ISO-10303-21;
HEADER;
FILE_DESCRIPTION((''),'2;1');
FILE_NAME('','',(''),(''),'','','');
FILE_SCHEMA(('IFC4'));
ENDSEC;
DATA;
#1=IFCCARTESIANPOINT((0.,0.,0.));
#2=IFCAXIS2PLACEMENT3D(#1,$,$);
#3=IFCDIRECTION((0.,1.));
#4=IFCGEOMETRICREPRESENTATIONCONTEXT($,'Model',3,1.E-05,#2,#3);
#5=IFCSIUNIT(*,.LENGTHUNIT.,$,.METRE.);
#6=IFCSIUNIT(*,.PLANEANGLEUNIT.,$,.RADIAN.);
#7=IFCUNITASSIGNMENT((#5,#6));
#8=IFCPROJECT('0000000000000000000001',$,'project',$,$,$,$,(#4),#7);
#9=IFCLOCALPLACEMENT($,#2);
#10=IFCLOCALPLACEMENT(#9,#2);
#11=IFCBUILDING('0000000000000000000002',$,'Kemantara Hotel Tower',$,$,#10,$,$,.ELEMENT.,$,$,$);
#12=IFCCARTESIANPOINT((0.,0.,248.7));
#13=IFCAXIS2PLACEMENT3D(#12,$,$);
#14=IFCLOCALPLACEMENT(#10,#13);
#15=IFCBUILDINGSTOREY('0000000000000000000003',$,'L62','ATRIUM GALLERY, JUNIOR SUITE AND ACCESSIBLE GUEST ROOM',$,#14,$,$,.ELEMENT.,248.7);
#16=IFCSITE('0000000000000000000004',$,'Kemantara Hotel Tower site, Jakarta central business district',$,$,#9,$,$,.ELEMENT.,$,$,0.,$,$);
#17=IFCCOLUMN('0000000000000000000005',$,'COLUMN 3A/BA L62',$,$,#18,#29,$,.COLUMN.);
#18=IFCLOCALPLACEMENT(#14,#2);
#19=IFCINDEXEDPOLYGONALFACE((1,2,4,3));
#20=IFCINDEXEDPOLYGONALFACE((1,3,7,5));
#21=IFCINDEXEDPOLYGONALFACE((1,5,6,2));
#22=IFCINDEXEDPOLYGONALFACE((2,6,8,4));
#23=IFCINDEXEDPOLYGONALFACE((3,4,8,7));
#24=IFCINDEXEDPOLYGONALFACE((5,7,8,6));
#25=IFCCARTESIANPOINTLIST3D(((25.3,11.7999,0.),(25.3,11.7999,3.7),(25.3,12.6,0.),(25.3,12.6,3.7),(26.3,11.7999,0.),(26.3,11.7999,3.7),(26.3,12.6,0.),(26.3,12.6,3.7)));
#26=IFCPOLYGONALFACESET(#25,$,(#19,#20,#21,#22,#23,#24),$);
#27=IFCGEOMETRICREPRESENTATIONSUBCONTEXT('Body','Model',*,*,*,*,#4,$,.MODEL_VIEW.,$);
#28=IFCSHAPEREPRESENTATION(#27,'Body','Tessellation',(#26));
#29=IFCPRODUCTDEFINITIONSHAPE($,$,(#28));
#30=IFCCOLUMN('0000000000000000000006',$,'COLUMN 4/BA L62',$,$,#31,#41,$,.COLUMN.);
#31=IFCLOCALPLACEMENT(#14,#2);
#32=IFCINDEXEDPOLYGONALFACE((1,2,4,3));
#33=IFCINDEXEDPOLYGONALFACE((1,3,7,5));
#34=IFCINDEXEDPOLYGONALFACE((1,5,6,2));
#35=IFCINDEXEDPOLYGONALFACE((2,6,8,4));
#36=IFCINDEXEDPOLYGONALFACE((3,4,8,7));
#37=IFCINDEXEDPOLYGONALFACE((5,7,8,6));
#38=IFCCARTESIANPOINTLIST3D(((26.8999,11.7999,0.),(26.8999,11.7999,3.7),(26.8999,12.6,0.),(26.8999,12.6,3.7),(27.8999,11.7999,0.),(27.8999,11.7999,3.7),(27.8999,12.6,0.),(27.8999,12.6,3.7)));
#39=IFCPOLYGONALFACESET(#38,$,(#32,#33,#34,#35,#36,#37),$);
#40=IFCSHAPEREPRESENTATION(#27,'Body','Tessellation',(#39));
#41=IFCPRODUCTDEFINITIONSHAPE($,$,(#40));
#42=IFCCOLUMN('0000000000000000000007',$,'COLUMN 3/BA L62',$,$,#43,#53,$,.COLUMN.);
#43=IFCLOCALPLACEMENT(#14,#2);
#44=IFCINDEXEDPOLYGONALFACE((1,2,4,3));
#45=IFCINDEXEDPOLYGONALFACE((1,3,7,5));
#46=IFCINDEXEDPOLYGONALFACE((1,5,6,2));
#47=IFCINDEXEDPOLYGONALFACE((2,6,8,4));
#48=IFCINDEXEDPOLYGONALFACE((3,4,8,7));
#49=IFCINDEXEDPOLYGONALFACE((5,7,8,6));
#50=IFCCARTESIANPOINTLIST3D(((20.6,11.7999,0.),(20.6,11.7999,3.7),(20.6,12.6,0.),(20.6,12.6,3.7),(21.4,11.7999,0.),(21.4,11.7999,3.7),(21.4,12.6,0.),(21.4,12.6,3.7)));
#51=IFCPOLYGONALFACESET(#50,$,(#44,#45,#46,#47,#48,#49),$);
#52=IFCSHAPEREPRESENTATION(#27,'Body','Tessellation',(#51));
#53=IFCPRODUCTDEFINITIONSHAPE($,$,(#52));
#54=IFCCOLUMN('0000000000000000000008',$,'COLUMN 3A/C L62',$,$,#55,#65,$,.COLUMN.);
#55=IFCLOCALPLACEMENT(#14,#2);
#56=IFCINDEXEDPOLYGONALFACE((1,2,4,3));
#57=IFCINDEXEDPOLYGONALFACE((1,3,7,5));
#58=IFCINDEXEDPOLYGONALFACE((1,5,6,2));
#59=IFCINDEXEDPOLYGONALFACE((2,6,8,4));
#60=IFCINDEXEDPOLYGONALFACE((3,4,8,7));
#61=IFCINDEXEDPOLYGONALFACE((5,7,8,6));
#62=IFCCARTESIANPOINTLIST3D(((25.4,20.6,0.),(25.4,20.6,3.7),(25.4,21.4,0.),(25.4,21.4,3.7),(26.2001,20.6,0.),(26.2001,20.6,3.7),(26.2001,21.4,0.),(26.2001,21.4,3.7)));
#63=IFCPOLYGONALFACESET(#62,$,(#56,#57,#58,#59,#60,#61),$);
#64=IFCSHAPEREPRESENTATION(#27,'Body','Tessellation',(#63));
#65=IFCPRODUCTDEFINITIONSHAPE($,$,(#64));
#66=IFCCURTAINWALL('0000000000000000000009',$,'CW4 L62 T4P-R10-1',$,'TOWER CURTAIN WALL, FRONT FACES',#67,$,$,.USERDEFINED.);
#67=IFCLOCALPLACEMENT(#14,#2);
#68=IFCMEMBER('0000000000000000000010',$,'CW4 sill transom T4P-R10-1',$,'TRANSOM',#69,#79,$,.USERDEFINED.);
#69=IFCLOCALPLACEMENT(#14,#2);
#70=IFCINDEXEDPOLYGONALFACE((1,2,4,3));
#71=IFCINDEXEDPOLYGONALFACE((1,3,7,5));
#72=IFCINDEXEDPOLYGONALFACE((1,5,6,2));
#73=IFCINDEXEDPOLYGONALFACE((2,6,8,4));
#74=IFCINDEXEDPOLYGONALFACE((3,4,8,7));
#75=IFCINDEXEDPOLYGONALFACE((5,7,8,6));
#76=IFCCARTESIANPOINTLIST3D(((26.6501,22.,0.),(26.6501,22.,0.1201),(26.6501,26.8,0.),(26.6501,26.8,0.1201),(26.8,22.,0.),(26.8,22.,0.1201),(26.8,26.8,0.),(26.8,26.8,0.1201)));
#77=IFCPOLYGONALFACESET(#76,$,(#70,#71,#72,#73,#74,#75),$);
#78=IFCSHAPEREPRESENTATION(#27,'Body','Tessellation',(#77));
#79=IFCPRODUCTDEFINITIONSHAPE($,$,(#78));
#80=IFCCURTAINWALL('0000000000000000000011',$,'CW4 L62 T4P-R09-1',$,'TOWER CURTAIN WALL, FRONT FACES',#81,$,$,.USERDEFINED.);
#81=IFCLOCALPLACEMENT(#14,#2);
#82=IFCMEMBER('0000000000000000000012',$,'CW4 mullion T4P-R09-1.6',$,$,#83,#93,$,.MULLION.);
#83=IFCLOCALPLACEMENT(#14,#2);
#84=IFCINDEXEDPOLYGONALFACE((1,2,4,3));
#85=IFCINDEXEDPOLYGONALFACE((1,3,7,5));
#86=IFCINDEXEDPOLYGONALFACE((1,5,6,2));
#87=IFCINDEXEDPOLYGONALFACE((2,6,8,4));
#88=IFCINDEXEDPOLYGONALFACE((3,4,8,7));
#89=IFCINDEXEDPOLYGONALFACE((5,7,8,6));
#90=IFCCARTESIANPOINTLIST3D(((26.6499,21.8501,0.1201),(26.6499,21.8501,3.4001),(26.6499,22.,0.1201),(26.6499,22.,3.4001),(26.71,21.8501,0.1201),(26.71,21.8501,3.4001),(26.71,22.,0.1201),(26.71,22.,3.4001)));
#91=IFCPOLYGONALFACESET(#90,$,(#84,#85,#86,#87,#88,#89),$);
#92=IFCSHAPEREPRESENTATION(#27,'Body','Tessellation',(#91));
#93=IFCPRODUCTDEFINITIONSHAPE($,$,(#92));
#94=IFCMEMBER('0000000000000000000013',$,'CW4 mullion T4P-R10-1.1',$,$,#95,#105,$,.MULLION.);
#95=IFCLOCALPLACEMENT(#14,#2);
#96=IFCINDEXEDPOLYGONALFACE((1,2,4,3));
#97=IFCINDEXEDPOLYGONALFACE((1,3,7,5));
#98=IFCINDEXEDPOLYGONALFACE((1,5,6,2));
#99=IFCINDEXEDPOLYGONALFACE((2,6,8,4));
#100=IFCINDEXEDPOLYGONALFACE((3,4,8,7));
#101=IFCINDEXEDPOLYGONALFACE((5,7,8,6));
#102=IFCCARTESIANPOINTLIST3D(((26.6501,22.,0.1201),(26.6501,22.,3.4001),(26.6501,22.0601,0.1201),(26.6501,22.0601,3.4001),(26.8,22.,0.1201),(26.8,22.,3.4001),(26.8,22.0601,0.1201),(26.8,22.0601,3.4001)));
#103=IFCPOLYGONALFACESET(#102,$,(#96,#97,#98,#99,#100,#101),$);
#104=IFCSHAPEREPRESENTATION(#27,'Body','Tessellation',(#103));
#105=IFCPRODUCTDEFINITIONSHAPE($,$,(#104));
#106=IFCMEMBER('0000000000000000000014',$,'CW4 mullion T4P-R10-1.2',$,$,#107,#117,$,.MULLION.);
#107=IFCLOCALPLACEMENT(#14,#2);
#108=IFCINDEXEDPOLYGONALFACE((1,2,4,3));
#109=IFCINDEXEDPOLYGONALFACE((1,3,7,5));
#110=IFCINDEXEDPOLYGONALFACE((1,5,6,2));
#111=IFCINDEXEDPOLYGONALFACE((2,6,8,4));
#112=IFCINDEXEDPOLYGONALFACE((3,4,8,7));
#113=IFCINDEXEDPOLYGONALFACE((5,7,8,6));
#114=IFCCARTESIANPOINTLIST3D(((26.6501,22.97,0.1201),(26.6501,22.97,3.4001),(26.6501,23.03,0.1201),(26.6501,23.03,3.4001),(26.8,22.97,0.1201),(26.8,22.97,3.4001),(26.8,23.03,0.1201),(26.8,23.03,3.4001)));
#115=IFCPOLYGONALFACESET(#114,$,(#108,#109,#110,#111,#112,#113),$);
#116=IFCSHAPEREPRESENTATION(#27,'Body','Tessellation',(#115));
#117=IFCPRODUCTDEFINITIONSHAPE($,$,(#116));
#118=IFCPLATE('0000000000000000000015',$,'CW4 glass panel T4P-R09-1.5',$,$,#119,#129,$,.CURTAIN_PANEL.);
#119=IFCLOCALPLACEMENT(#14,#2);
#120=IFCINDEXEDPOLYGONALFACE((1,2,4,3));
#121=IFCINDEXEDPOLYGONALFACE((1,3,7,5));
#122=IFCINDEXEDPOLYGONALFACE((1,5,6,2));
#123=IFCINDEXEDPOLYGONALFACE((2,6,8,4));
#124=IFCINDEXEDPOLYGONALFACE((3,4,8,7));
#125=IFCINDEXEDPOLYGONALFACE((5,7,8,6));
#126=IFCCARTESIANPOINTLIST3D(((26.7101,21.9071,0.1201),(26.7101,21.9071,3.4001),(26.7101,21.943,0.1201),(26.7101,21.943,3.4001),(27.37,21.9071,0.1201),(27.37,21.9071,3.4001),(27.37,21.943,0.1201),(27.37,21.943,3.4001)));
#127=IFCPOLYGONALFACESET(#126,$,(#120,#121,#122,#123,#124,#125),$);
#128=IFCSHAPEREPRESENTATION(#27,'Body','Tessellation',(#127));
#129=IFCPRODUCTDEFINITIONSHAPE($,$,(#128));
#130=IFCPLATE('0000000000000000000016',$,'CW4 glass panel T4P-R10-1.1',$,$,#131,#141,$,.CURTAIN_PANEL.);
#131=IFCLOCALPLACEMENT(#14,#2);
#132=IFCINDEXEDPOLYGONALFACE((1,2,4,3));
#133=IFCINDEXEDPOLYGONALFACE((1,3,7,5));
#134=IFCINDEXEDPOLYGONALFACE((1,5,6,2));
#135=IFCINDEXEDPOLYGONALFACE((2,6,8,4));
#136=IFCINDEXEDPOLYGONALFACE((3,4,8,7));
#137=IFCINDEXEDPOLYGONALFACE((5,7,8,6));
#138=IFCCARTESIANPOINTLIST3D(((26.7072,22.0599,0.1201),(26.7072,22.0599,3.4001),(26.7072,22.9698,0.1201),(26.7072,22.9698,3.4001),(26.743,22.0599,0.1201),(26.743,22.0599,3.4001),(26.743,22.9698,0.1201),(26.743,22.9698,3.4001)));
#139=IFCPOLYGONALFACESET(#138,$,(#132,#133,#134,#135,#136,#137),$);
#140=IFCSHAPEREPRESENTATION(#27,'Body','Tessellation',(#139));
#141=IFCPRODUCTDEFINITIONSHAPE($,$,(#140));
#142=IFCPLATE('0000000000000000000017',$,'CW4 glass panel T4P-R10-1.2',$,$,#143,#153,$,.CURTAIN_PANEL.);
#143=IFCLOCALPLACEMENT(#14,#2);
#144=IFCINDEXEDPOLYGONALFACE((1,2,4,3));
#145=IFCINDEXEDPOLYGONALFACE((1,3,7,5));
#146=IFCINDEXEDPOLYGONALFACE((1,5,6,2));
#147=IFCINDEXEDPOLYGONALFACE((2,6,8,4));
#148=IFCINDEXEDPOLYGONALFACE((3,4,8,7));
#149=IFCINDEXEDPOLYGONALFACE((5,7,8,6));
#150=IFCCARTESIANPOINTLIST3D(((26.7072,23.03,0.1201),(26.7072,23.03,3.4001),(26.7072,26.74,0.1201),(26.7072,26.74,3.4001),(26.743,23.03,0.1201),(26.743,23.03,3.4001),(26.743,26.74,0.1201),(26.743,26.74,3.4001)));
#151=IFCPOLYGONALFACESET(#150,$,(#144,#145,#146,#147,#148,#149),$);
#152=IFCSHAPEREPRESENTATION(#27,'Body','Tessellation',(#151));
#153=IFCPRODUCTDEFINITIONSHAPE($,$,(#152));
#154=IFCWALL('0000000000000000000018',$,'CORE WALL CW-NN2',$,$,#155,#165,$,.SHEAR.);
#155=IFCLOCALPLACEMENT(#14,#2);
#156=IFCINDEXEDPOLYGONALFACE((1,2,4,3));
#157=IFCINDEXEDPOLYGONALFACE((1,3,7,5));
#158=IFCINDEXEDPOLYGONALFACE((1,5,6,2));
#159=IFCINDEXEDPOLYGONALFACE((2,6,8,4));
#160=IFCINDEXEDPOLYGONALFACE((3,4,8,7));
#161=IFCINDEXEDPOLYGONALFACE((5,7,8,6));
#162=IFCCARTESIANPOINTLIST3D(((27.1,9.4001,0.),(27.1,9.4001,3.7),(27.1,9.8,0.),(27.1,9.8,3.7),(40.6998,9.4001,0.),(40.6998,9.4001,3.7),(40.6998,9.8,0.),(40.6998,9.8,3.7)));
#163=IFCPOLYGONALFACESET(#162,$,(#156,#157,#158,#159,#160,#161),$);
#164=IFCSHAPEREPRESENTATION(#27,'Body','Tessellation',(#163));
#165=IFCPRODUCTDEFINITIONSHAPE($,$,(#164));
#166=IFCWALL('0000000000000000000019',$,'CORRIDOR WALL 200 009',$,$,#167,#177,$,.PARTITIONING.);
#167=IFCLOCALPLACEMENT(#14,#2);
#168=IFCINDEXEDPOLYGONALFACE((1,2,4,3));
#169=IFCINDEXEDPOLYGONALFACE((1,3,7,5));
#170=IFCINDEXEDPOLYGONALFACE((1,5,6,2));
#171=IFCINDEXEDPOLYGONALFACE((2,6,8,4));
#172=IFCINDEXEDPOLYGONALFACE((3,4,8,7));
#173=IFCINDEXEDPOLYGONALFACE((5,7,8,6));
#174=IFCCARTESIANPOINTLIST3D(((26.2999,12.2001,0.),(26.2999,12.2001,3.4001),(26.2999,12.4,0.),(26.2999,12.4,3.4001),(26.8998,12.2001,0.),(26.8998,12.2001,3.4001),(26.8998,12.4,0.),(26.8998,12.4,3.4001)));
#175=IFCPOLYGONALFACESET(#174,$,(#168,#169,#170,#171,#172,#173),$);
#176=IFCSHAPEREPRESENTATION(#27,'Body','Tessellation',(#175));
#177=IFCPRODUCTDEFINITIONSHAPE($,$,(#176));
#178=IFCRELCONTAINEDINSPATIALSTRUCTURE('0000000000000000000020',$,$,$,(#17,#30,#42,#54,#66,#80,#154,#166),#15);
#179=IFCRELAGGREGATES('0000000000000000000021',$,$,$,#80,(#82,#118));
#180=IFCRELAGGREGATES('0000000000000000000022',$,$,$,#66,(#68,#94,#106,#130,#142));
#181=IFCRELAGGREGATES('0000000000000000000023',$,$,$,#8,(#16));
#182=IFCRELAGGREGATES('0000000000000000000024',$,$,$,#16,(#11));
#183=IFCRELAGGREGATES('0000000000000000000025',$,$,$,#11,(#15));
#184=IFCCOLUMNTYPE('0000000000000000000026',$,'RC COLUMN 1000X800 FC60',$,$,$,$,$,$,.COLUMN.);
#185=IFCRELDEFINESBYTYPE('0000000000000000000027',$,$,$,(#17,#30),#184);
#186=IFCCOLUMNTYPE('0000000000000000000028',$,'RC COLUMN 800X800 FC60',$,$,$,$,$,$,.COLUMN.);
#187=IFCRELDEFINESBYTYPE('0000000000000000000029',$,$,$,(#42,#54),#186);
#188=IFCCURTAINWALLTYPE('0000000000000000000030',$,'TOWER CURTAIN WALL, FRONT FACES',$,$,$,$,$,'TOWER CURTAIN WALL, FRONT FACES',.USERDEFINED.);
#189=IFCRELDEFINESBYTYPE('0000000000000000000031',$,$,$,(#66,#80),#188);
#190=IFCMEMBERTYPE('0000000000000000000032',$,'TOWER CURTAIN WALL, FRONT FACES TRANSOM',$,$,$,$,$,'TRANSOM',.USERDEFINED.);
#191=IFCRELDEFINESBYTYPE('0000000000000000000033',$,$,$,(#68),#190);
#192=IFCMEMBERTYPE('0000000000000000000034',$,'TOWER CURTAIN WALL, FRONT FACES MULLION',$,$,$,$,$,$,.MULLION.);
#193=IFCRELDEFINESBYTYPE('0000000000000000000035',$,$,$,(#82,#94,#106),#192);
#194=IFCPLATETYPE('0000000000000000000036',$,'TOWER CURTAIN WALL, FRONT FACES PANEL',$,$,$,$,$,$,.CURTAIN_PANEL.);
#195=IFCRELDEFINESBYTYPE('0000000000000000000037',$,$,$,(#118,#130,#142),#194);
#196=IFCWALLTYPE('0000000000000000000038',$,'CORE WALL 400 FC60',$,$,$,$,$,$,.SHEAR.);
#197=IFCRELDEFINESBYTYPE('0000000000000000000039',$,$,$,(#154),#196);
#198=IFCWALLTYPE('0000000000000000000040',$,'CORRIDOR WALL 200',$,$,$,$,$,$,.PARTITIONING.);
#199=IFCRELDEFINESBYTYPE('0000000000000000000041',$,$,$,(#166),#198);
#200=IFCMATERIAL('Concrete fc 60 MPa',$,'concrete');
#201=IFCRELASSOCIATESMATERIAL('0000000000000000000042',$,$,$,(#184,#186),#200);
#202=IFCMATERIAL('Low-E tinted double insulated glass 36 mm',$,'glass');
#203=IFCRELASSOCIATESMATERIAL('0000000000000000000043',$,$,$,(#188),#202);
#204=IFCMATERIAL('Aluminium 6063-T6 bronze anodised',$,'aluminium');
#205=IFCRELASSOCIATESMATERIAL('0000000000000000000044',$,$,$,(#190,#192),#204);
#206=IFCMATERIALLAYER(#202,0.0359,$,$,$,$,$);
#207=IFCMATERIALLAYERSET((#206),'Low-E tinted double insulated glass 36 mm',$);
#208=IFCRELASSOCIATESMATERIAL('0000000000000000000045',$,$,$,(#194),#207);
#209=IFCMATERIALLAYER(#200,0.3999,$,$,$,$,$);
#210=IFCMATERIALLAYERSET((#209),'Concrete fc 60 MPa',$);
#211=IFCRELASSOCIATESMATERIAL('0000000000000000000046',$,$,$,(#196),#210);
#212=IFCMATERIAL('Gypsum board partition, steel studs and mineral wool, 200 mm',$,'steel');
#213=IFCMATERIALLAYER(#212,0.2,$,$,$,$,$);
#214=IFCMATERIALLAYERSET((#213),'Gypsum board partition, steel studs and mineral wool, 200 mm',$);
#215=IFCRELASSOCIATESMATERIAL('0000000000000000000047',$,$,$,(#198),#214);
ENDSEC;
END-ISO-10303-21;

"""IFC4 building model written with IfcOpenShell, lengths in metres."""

from ifc_helpers import new_model, si_unit, direction, frame, frame_2d, origin, origin_2d, place, context, subcontext, project, spatial, rectangle, extrude, source, transform, mapped, material, layer, layer_set, material_profile, profile_set, type_object, element, aggregate, save


model = new_model("IFC4")

# Units and contexts
model_context = context("Model", 3, precision=1e-05, world=origin(), true_north=direction((0.0, 1.0)))
body_context = subcontext(model_context, "Body", "Model", "MODEL_VIEW")
ifc_project = project(units=[si_unit("LENGTHUNIT", "METRE"), si_unit("PLANEANGLEUNIT", "RADIAN")], contexts=[model_context])

# Site, building, storey
site_placement = place(None, origin())
site = spatial("IfcSite", under=ifc_project, at=site_placement, Name="Kemantara Hotel Tower site, Jakarta central business district", CompositionType="ELEMENT", RefElevation=0.0)
building_placement = place(site_placement, origin())
building = spatial("IfcBuilding", under=site, at=building_placement, Name="Kemantara Hotel Tower", CompositionType="ELEMENT")
storey_placement = place(building_placement, frame((0.0, 0.0, 248.7)))
storey = spatial("IfcBuildingStorey", under=building, at=storey_placement, Name="L62", Description="ATRIUM GALLERY, JUNIOR SUITE AND ACCESSIBLE GUEST ROOM", CompositionType="ELEMENT", Elevation=248.7)

# Columns
ifc_material_1 = material(Name="Concrete fc 60 MPa", Category="concrete")
ifc_material_profile_1 = material_profile(ifc_material_1, rectangle(XDim=1.0, YDim=0.8, at=origin_2d()), Name="RC 1000X800")
ifc_profile_set_1 = profile_set([ifc_material_profile_1], Name="Concrete fc 60 MPa")
column_type_1 = type_object("IfcColumnType", Name="RC COLUMN 1000X800 FC60", PredefinedType="COLUMN", material=ifc_profile_set_1)
for number, where, z_axis, x_axis, name in (
    (1, (25.8, 12.2, 0.0), (0.0, 0.0, 1.0), (1.0, 0.0, 0.0), "COLUMN 3A/BA L62"),
    (2, (27.3999, 12.2, 0.0), (0.0, 0.0, 1.0), (1.0, 0.0, 0.0), "COLUMN 4/BA L62"),
):
    element("IfcColumn", number, at=place(storey_placement, frame(where, z_axis=z_axis, x_axis=x_axis)), inside=storey, type_object=column_type_1, Name=name, PredefinedType="COLUMN", context=body_context, shape_type="SweptSolid", body=[
        extrude(rectangle(XDim=1.0, YDim=0.8, at=origin_2d()), origin(), (0.0, 0.0, 1.0), 3.7),
    ])
ifc_material_profile_2 = material_profile(ifc_material_1, rectangle(XDim=0.8, YDim=0.8, at=origin_2d()), Name="RC 800X800")
ifc_profile_set_2 = profile_set([ifc_material_profile_2], Name="Concrete fc 60 MPa")
column_type_2 = type_object("IfcColumnType", Name="RC COLUMN 800X800 FC60", PredefinedType="COLUMN", material=ifc_profile_set_2)
for number, where, z_axis, x_axis, name in (
    (3, (21.0, 12.2, 0.0), (0.0, 0.0, 1.0), (1.0, 0.0, 0.0), "COLUMN 3/BA L62"),
    (4, (25.8, 21.0, 0.0), (0.0, 0.0, 1.0), (1.0, 0.0, 0.0), "COLUMN 3A/C L62"),
):
    element("IfcColumn", number, at=place(storey_placement, frame(where, z_axis=z_axis, x_axis=x_axis)), inside=storey, type_object=column_type_2, Name=name, PredefinedType="COLUMN", context=body_context, shape_type="SweptSolid", body=[
        extrude(rectangle(XDim=0.8, YDim=0.8, at=origin_2d()), origin(), (0.0, 0.0, 1.0), 3.7),
    ])

# Curtain walls, members
ifc_material_2 = material(Name="Low-E tinted double insulated glass 36 mm", Category="glass")
curtain_wall_type = type_object("IfcCurtainWallType", Name="TOWER CURTAIN WALL, FRONT FACES", ElementType="TOWER CURTAIN WALL, FRONT FACES", PredefinedType="USERDEFINED", material=ifc_material_2)
curtain_wall_1_placement = place(storey_placement, origin())
curtain_wall_1 = element("IfcCurtainWall", 5, at=curtain_wall_1_placement, inside=storey, type_object=curtain_wall_type, Name="CW4 L62 T4P-R10-1", ObjectType="TOWER CURTAIN WALL, FRONT FACES", PredefinedType="USERDEFINED")
ifc_material_3 = material(Name="Aluminium 6063-T6 bronze anodised", Category="aluminium")
ifc_material_profile_3 = material_profile(ifc_material_3, rectangle(XDim=0.1499, YDim=0.1201, at=origin_2d()), Name="TOWER CURTAIN WALL, FRONT FACES TRANSOM")
ifc_profile_set_3 = profile_set([ifc_material_profile_3], Name="Aluminium 6063-T6 bronze anodised")
member_type_1 = type_object("IfcMemberType", Name="TOWER CURTAIN WALL, FRONT FACES TRANSOM", ElementType="TRANSOM", PredefinedType="USERDEFINED", material=ifc_profile_set_3)
member_1_placement = place(storey_placement, frame((26.7251, 22.0, 0.0601), z_axis=(0.0, 1.0, 0.0), x_axis=(-1.0, 0.0, 0.0)))
member_1 = element("IfcMember", 6, at=member_1_placement, type_object=member_type_1, Name="CW4 sill transom T4P-R10-1", ObjectType="TRANSOM", PredefinedType="USERDEFINED", context=body_context, shape_type="SweptSolid", body=[
    extrude(rectangle(XDim=0.1499, YDim=0.1201, at=origin_2d()), origin(), (0.0, 0.0, 1.0), 4.8),
])
curtain_wall_2_placement = place(storey_placement, origin())
curtain_wall_2 = element("IfcCurtainWall", 7, at=curtain_wall_2_placement, inside=storey, type_object=curtain_wall_type, Name="CW4 L62 T4P-R09-1", ObjectType="TOWER CURTAIN WALL, FRONT FACES", PredefinedType="USERDEFINED")
ifc_material_profile_4 = material_profile(ifc_material_3, rectangle(XDim=0.1499, YDim=0.0601, at=origin_2d()), Name="TOWER CURTAIN WALL, FRONT FACES MULLION")
ifc_profile_set_4 = profile_set([ifc_material_profile_4], Name="Aluminium 6063-T6 bronze anodised")
member_type_2 = type_object("IfcMemberType", Name="TOWER CURTAIN WALL, FRONT FACES MULLION", PredefinedType="MULLION", material=ifc_profile_set_4)
shared_shape_1 = source(origin(), body_context, "Body", "SweptSolid", [
    extrude(rectangle(XDim=0.1499, YDim=0.0601, at=origin_2d()), origin(), (0.0, 0.0, 1.0), 3.28),
])
member_2_placement = place(storey_placement, frame((26.6799, 21.925, 0.1201), z_axis=(0.0, 0.0, 1.0), x_axis=(0.0, -1.0, 0.0)))
member_2 = element("IfcMember", 8, at=member_2_placement, type_object=member_type_2, Name="CW4 mullion T4P-R09-1.6", PredefinedType="MULLION", context=body_context, shape_type="MappedRepresentation", body=[
    mapped(shared_shape_1, transform((0.0, 0.0, 0.0))),
])

# Members
member_3_placement = place(storey_placement, frame((26.7251, 22.03, 0.1201), z_axis=(0.0, 0.0, 1.0), x_axis=(-1.0, 0.0, 0.0)))
member_3 = element("IfcMember", 9, at=member_3_placement, type_object=member_type_2, Name="CW4 mullion T4P-R10-1.1", PredefinedType="MULLION", context=body_context, shape_type="MappedRepresentation", body=[
    mapped(shared_shape_1, transform((0.0, 0.0, 0.0))),
])
member_4_placement = place(storey_placement, frame((26.7251, 23.0, 0.1201), z_axis=(0.0, 0.0, 1.0), x_axis=(-1.0, 0.0, 0.0)))
member_4 = element("IfcMember", 10, at=member_4_placement, type_object=member_type_2, Name="CW4 mullion T4P-R10-1.2", PredefinedType="MULLION", context=body_context, shape_type="MappedRepresentation", body=[
    mapped(shared_shape_1, transform((0.0, 0.0, 0.0))),
])

# Plates
ifc_layer_1 = layer(ifc_material_2, 0.0359)
ifc_layer_set_1 = layer_set([ifc_layer_1], Name="Low-E tinted double insulated glass 36 mm")
plate_type = type_object("IfcPlateType", Name="TOWER CURTAIN WALL, FRONT FACES PANEL", PredefinedType="CURTAIN_PANEL", material=ifc_layer_set_1)
shared_shape_2 = source(origin(), body_context, "Body", "SweptSolid", [
    extrude(rectangle(XDim=0.6599, YDim=0.0359, at=origin_2d()), origin(), (0.0, 0.0, 1.0), 3.28),
])
plate_1_placement = place(storey_placement, frame((27.04, 21.925, 0.1201), z_axis=(0.0, 0.0, 1.0), x_axis=(-1.0, 0.0, 0.0)))
plate_1 = element("IfcPlate", 11, at=plate_1_placement, type_object=plate_type, Name="CW4 glass panel T4P-R09-1.5", PredefinedType="CURTAIN_PANEL", context=body_context, shape_type="MappedRepresentation", body=[
    mapped(shared_shape_2, transform((0.0, 0.0, 0.0))),
])
aggregate(curtain_wall_2, [member_2, plate_1])
shared_shape_3 = source(origin(), body_context, "Body", "SweptSolid", [
    extrude(rectangle(XDim=0.9099, YDim=0.0359, at=origin_2d()), origin(), (0.0, 0.0, 1.0), 3.28),
])
plate_2_placement = place(storey_placement, frame((26.7251, 22.5149, 0.1201), z_axis=(0.0, 0.0, 1.0), x_axis=(0.0, 1.0, 0.0)))
plate_2 = element("IfcPlate", 12, at=plate_2_placement, type_object=plate_type, Name="CW4 glass panel T4P-R10-1.1", PredefinedType="CURTAIN_PANEL", context=body_context, shape_type="MappedRepresentation", body=[
    mapped(shared_shape_3, transform((0.0, 0.0, 0.0))),
])
shared_shape_4 = source(origin(), body_context, "Body", "SweptSolid", [
    extrude(rectangle(XDim=3.71, YDim=0.0359, at=origin_2d()), origin(), (0.0, 0.0, 1.0), 3.28),
])
plate_3_placement = place(storey_placement, frame((26.7251, 24.885, 0.1201), z_axis=(0.0, 0.0, 1.0), x_axis=(0.0, 1.0, 0.0)))
plate_3 = element("IfcPlate", 13, at=plate_3_placement, type_object=plate_type, Name="CW4 glass panel T4P-R10-1.2", PredefinedType="CURTAIN_PANEL", context=body_context, shape_type="MappedRepresentation", body=[
    mapped(shared_shape_4, transform((0.0, 0.0, 0.0))),
])
aggregate(curtain_wall_1, [member_1, member_3, member_4, plate_2, plate_3])

# Walls
ifc_layer_2 = layer(ifc_material_1, 0.3999)
ifc_layer_set_2 = layer_set([ifc_layer_2], Name="Concrete fc 60 MPa")
wall_type_1 = type_object("IfcWallType", Name="CORE WALL 400 FC60", PredefinedType="SHEAR", material=ifc_layer_set_2)
wall_1_placement = place(storey_placement, frame((27.1001, 9.6001, 0.0), z_axis=(0.0, 0.0, 1.0), x_axis=(1.0, 0.0, 0.0)))
element("IfcWall", 14, at=wall_1_placement, inside=storey, type_object=wall_type_1, Name="CORE WALL CW-NN2", PredefinedType="SHEAR", context=body_context, shape_type="SweptSolid", body=[
    extrude(rectangle(XDim=13.5999, YDim=0.3999, at=frame_2d((6.7998, 0.0))), origin(), (0.0, 0.0, 1.0), 3.7),
])
ifc_material_4 = material(Name="Gypsum board partition, steel studs and mineral wool, 200 mm", Category="steel")
ifc_layer_3 = layer(ifc_material_4, 0.2)
ifc_layer_set_3 = layer_set([ifc_layer_3], Name="Gypsum board partition, steel studs and mineral wool, 200 mm")
wall_type_2 = type_object("IfcWallType", Name="CORRIDOR WALL 200", PredefinedType="PARTITIONING", material=ifc_layer_set_3)
wall_2_placement = place(storey_placement, frame((26.3, 12.3, 0.0), z_axis=(0.0, 0.0, 1.0), x_axis=(1.0, 0.0, 0.0)))
element("IfcWall", 15, at=wall_2_placement, inside=storey, type_object=wall_type_2, Name="CORRIDOR WALL 200 009", PredefinedType="PARTITIONING", context=body_context, shape_type="SweptSolid", body=[
    extrude(rectangle(XDim=0.5999, YDim=0.2, at=frame_2d((0.2998, 0.0))), origin(), (0.0, 0.0, 1.0), 3.4001),
])

save(model, "model.ifc")
